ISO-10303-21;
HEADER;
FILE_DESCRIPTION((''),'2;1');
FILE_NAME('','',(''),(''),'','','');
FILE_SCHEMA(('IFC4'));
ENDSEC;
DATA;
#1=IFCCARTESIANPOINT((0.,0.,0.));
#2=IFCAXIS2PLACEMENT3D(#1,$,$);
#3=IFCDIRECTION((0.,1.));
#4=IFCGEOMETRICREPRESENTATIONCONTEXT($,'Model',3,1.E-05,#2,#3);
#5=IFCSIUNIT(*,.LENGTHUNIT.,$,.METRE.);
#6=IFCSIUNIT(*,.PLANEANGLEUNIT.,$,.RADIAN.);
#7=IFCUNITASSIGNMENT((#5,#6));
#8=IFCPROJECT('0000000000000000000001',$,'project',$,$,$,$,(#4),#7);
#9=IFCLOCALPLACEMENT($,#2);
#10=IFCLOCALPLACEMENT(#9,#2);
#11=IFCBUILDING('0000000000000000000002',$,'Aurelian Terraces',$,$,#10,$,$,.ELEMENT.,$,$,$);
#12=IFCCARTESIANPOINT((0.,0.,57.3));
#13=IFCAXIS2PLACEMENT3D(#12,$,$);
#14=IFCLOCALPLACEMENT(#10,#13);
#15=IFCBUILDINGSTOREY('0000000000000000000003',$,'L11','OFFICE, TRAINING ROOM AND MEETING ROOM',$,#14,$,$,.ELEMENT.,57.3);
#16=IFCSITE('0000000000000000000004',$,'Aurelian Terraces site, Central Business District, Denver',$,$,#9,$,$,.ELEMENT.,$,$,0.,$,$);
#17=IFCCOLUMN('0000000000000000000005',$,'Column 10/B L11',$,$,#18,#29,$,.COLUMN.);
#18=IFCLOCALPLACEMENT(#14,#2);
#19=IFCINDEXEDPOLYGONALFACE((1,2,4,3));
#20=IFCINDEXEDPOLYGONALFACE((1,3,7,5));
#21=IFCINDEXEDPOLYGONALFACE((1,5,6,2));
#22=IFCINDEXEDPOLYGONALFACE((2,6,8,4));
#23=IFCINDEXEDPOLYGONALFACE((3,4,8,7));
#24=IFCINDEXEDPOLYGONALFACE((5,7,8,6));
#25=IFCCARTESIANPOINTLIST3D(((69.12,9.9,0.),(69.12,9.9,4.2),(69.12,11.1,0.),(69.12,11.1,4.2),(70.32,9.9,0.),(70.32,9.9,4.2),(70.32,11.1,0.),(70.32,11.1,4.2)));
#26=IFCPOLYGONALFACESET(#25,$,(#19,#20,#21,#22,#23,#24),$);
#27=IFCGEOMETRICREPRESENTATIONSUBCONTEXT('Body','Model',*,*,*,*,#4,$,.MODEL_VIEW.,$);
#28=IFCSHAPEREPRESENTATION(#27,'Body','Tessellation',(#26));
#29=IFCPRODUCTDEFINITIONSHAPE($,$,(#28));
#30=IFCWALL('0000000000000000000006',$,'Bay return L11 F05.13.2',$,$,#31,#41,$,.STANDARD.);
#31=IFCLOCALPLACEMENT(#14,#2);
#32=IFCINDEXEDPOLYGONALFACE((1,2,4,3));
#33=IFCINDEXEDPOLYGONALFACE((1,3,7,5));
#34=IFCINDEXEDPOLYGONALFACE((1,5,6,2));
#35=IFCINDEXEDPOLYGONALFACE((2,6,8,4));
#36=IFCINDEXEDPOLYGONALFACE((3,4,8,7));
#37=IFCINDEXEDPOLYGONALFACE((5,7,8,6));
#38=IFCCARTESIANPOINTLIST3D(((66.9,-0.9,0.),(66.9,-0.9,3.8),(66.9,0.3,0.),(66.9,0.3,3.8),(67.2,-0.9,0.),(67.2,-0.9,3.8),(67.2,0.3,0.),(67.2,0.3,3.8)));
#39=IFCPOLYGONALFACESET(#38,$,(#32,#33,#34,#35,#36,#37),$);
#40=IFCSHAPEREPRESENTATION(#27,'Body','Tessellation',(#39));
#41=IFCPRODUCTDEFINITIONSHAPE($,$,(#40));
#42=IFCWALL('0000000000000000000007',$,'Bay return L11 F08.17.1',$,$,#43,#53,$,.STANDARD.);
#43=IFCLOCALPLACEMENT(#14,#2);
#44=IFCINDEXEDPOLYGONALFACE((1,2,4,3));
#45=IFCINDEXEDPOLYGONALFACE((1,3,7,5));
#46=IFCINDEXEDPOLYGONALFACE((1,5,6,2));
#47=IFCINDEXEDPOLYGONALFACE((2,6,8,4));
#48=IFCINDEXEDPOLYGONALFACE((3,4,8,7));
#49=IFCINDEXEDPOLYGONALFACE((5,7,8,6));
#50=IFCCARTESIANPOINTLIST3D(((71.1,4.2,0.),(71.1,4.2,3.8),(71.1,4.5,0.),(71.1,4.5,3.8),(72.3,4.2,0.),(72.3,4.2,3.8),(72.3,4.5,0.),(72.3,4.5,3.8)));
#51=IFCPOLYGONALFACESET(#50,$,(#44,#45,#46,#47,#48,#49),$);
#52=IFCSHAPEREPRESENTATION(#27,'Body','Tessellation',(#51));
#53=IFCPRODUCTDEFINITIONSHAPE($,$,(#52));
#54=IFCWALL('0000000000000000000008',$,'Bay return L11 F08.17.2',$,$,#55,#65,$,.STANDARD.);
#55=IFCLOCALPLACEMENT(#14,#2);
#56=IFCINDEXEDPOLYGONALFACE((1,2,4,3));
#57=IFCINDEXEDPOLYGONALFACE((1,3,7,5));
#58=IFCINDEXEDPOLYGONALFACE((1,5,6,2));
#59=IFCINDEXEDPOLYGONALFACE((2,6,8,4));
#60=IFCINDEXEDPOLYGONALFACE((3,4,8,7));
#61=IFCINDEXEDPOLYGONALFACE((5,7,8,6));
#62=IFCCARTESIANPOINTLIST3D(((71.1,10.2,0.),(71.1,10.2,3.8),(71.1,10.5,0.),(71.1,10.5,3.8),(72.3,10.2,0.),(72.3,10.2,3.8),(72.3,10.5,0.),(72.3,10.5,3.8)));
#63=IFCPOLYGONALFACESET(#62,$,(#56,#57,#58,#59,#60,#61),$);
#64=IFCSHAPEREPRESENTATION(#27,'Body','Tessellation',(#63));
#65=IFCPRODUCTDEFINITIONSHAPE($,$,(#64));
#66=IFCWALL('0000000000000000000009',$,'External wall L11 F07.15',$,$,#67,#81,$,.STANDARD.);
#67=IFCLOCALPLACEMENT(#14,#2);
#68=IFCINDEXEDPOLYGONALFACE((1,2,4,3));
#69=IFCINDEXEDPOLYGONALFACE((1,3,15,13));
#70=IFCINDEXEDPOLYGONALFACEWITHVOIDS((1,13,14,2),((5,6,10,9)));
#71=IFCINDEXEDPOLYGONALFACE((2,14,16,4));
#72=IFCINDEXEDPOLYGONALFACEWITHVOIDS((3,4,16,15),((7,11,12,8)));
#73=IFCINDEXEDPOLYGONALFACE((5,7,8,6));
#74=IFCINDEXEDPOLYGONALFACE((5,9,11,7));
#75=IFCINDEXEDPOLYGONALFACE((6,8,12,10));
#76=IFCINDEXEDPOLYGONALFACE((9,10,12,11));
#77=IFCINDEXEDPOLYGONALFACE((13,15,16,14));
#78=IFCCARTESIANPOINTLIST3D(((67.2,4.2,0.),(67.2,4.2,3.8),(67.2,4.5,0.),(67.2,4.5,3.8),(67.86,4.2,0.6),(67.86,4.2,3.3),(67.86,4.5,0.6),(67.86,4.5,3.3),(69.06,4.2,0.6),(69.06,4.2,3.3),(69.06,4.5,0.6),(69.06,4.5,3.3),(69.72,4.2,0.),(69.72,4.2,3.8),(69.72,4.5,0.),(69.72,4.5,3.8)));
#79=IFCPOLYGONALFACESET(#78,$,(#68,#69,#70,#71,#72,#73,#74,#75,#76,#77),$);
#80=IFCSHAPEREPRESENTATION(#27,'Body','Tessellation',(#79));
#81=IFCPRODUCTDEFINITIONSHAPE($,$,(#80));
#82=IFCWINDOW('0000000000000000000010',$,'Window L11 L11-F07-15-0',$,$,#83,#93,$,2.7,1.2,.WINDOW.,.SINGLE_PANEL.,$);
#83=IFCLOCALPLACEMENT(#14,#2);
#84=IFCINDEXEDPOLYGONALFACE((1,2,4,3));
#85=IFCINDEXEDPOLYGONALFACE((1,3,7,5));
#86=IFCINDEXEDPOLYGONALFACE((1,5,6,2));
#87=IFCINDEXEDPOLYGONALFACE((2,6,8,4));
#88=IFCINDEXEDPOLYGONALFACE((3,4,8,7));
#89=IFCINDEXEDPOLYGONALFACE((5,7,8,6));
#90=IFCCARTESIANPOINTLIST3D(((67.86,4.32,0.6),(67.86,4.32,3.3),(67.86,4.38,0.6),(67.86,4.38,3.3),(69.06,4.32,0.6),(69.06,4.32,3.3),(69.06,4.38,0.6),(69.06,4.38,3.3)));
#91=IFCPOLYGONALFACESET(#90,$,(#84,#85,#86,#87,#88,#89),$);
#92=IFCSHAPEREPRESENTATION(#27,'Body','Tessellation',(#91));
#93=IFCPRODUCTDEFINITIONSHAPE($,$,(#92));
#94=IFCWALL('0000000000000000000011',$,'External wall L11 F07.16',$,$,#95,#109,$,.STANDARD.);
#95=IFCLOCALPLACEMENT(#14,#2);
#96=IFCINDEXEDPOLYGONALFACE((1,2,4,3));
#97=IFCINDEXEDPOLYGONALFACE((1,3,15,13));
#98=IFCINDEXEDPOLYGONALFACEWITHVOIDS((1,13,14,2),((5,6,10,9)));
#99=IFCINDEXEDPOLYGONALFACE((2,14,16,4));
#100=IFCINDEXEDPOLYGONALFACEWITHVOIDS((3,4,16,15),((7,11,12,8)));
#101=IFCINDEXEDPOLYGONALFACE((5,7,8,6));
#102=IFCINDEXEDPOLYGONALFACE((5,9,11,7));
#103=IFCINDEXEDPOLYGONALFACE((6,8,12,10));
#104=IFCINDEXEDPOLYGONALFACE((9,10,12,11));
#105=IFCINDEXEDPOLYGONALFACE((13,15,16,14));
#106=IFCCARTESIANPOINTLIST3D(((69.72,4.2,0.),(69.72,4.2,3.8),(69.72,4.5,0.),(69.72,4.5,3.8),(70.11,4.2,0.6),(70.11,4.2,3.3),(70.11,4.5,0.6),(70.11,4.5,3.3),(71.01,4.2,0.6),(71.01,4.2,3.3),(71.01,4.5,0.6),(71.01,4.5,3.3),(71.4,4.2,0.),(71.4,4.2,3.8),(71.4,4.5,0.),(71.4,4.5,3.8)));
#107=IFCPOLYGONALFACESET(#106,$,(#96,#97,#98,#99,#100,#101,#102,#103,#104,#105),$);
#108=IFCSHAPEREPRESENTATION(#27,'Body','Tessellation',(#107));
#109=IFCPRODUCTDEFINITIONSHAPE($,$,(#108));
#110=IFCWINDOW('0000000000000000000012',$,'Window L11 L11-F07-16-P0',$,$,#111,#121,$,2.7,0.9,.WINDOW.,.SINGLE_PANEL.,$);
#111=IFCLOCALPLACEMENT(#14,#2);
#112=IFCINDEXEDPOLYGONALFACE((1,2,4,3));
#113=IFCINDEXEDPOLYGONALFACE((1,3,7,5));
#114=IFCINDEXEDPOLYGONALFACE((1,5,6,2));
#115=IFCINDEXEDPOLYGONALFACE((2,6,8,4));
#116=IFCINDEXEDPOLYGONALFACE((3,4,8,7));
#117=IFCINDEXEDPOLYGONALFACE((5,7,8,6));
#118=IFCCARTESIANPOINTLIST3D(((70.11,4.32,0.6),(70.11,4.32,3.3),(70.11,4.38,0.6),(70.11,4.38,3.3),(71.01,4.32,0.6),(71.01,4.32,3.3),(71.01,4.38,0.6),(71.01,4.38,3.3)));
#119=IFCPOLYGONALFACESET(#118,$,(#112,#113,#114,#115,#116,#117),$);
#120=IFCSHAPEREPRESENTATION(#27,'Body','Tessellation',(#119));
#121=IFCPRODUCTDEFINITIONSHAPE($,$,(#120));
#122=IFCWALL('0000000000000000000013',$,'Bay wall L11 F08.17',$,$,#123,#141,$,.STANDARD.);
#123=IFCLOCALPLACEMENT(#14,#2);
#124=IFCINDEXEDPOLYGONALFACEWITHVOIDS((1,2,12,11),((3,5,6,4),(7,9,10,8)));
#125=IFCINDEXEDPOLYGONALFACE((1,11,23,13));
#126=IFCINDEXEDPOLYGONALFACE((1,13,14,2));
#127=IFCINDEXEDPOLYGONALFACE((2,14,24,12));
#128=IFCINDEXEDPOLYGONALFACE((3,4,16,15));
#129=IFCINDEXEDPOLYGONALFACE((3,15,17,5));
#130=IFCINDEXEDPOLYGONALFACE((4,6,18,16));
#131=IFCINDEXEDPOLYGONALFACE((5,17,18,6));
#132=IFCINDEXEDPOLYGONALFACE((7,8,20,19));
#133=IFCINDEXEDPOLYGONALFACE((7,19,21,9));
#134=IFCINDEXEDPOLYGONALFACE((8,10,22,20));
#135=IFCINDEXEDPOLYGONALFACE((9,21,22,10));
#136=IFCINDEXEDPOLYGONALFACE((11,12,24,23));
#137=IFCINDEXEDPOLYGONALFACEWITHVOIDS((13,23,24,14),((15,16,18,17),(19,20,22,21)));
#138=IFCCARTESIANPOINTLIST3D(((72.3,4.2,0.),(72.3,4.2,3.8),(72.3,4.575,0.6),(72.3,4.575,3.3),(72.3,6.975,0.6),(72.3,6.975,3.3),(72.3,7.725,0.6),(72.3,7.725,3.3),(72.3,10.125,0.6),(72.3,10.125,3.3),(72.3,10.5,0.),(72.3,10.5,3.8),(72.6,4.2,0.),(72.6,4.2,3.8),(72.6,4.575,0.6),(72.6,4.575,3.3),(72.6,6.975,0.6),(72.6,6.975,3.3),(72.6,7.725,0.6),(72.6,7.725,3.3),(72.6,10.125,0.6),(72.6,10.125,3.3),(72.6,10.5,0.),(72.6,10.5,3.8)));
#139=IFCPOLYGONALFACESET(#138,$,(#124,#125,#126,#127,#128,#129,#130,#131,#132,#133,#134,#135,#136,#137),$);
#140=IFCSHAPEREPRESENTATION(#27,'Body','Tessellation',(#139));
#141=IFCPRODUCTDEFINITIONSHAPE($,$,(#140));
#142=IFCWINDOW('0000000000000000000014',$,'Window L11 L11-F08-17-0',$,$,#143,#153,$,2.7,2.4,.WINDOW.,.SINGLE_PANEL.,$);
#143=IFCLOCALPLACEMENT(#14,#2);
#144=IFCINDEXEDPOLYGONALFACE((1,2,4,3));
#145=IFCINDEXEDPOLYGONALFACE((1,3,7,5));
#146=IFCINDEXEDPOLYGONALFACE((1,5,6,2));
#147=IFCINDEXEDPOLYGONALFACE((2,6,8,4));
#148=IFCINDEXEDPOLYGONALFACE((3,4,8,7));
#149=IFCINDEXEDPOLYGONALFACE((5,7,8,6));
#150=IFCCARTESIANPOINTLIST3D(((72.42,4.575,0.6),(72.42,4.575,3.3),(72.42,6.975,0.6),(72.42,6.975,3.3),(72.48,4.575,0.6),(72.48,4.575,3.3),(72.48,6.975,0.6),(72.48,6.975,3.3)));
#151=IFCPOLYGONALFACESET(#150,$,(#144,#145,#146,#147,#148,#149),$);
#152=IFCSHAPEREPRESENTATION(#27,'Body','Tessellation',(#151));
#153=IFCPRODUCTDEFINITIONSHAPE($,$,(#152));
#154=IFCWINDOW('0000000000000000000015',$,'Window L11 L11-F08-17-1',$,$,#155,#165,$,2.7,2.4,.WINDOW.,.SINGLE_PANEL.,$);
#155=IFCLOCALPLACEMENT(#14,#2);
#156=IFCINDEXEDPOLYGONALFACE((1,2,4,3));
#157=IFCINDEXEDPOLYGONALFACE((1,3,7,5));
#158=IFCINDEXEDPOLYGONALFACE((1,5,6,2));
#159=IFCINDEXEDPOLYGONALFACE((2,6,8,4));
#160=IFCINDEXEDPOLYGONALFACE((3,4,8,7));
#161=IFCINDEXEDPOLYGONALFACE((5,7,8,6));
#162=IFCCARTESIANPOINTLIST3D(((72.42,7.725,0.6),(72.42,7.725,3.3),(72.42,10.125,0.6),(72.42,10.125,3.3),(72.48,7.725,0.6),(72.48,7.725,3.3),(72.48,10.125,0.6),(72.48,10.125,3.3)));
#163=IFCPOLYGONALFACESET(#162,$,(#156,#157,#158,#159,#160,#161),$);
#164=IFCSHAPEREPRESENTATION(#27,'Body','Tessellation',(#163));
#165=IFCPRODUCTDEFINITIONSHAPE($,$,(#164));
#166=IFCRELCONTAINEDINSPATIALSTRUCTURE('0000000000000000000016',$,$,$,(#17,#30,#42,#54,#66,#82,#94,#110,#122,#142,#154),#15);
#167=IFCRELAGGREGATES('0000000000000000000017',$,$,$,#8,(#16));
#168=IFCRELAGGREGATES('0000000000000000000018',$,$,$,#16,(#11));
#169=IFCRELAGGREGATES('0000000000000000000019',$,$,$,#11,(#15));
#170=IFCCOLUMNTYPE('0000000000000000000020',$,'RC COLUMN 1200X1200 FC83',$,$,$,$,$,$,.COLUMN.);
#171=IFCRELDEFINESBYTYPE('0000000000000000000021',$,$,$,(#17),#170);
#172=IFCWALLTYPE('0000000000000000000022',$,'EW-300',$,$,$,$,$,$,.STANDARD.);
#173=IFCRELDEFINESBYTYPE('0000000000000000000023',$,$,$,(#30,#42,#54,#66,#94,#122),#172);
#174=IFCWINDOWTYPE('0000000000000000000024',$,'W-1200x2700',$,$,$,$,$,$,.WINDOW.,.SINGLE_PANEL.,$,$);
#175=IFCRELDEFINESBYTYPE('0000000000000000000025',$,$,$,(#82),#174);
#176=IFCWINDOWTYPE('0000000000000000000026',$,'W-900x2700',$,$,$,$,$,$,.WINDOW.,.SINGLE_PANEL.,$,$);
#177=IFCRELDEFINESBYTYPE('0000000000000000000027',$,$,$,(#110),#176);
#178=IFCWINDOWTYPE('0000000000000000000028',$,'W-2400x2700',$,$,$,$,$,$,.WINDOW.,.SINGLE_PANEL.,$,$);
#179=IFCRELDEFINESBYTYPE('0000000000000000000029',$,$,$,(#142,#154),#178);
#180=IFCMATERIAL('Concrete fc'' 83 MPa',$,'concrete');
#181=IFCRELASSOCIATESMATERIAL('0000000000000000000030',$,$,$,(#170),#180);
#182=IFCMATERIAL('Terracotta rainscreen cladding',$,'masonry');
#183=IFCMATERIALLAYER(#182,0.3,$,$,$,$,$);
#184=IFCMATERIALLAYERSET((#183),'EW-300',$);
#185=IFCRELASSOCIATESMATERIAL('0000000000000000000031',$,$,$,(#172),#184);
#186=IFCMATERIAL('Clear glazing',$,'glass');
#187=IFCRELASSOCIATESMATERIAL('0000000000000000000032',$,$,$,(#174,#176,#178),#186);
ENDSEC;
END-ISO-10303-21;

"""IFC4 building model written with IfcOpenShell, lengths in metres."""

from ifc_helpers import new_model, si_unit, direction, frame, frame_2d, origin, origin_2d, place, context, subcontext, project, spatial, rectangle, extrude, source, transform, mapped, material, layer, layer_set, material_profile, profile_set, type_object, element, fill, save


model = new_model("IFC4")

# Units and contexts
model_context = context("Model", 3, precision=1e-05, world=origin(), true_north=direction((0.0, 1.0)))
body_context = subcontext(model_context, "Body", "Model", "MODEL_VIEW")
ifc_project = project(units=[si_unit("LENGTHUNIT", "METRE"), si_unit("PLANEANGLEUNIT", "RADIAN")], contexts=[model_context])

# Site, building, storey
site_placement = place(None, origin())
site = spatial("IfcSite", under=ifc_project, at=site_placement, Name="Aurelian Terraces site, Central Business District, Denver", CompositionType="ELEMENT", RefElevation=0.0)
building_placement = place(site_placement, origin())
building = spatial("IfcBuilding", under=site, at=building_placement, Name="Aurelian Terraces", CompositionType="ELEMENT")
storey_placement = place(building_placement, frame((0.0, 0.0, 57.3)))
storey = spatial("IfcBuildingStorey", under=building, at=storey_placement, Name="L11", Description="OFFICE, TRAINING ROOM AND MEETING ROOM", CompositionType="ELEMENT", Elevation=57.3)

# Column
ifc_material_1 = material(Name="Concrete fc' 83 MPa", Category="concrete")
ifc_material_profile = material_profile(ifc_material_1, rectangle(XDim=1.2, YDim=1.2, at=origin_2d()))
ifc_profile_set = profile_set([ifc_material_profile], Name="Concrete fc' 83 MPa")
column_type = type_object("IfcColumnType", Name="RC COLUMN 1200X1200 FC83", PredefinedType="COLUMN", material=ifc_profile_set)
shared_shape_1 = source(origin(), body_context, "Body", "SweptSolid", [
    extrude(rectangle(XDim=1.2, YDim=1.2, at=origin_2d()), origin(), (0.0, 0.0, 1.0), 4.2),
])
column_placement = place(storey_placement, frame((69.72, 10.5, 0.0), z_axis=(0.0, 0.0, 1.0), x_axis=(1.0, 0.0, 0.0)))
element("IfcColumn", 1, at=column_placement, inside=storey, type_object=column_type, Name="Column 10/B L11", PredefinedType="COLUMN", context=body_context, shape_type="MappedRepresentation", body=[
    mapped(shared_shape_1, transform((0.0, 0.0, 0.0), scale=1.0)),
])

# Walls
ifc_material_2 = material(Name="Terracotta rainscreen cladding", Category="masonry")
ifc_layer_1 = layer(ifc_material_2, 0.3)
ifc_layer_set_1 = layer_set([ifc_layer_1], Name="EW-300")
wall_type_1 = type_object("IfcWallType", Name="EW-300", PredefinedType="STANDARD", material=ifc_layer_set_1)
shared_shape_2 = source(origin(), body_context, "Body", "SweptSolid", [
    extrude(rectangle(XDim=1.2, YDim=0.3, at=frame_2d((0.6, 0.0))), origin(), (0.0, 0.0, 1.0), 3.8),
])
for number, where, z_axis, x_axis, name in (
    (2, (67.05, 0.3, 0.0), (0.0, 0.0, 1.0), (0.0, -1.0, 0.0), "Bay return L11 F05.13.2"),
    (3, (71.1, 4.35, 0.0), (0.0, 0.0, 1.0), (1.0, 0.0, 0.0), "Bay return L11 F08.17.1"),
    (4, (71.1, 10.35, 0.0), (0.0, 0.0, 1.0), (1.0, 0.0, 0.0), "Bay return L11 F08.17.2"),
):
    element("IfcWall", number, at=place(storey_placement, frame(where, z_axis=z_axis, x_axis=x_axis)), inside=storey, type_object=wall_type_1, Name=name, PredefinedType="STANDARD", context=body_context, shape_type="MappedRepresentation", body=[
        mapped(shared_shape_2, transform((0.0, 0.0, 0.0), scale=1.0)),
    ])

# Walls, openings, windows
shared_shape_3 = source(origin(), body_context, "Body", "SweptSolid", [
    extrude(rectangle(XDim=2.52, YDim=0.3, at=frame_2d((1.26, 0.0))), origin(), (0.0, 0.0, 1.0), 3.8),
])
wall_1_placement = place(storey_placement, frame((67.2, 4.35, 0.0), z_axis=(0.0, 0.0, 1.0), x_axis=(1.0, 0.0, 0.0)))
wall_1 = element("IfcWall", 5, at=wall_1_placement, inside=storey, type_object=wall_type_1, Name="External wall L11 F07.15", PredefinedType="STANDARD", context=body_context, shape_type="MappedRepresentation", body=[
    mapped(shared_shape_3, transform((0.0, 0.0, 0.0), scale=1.0)),
])
shared_shape_4 = source(origin(), body_context, "Body", "SweptSolid", [
    extrude(rectangle(XDim=1.2, YDim=2.7, at=frame_2d((0.6, 1.35))), frame((0.0, 0.16, 0.0), z_axis=(0.0, -1.0, 0.0), x_axis=(1.0, 0.0, 0.0)), (0.0, 0.0, 1.0), 0.32),
])
opening_1_placement = place(wall_1_placement, frame((0.66, 0.0, 0.6)))
opening_1 = element("IfcOpeningElement", 6, at=opening_1_placement, cuts=wall_1, PredefinedType="OPENING", context=body_context, shape_type="MappedRepresentation", body=[
    mapped(shared_shape_4, transform((0.0, 0.0, 0.0), scale=1.0)),
])
ifc_material_3 = material(Name="Clear glazing", Category="glass")
window_type_1 = type_object("IfcWindowType", Name="W-1200x2700", PartitioningType="SINGLE_PANEL", PredefinedType="WINDOW", material=ifc_material_3)
shared_shape_5 = source(origin(), body_context, "Body", "SweptSolid", [
    extrude(rectangle(XDim=1.2, YDim=2.7, at=frame_2d((0.6, 1.35))), frame((0.0, 0.03, 0.0), z_axis=(0.0, -1.0, 0.0), x_axis=(1.0, 0.0, 0.0)), (0.0, 0.0, 1.0), 0.06),
])
window_1_placement = place(opening_1_placement, origin())
window_1 = element("IfcWindow", 7, at=window_1_placement, inside=storey, type_object=window_type_1, Name="Window L11 L11-F07-15-0", OverallHeight=2.7, OverallWidth=1.2, PartitioningType="SINGLE_PANEL", PredefinedType="WINDOW", context=body_context, shape_type="MappedRepresentation", body=[
    mapped(shared_shape_5, transform((0.0, 0.0, 0.0), scale=1.0)),
])
fill(opening_1, window_1)
shared_shape_6 = source(origin(), body_context, "Body", "SweptSolid", [
    extrude(rectangle(XDim=1.68, YDim=0.3, at=frame_2d((0.84, 0.0))), origin(), (0.0, 0.0, 1.0), 3.8),
])
wall_2_placement = place(storey_placement, frame((69.72, 4.35, 0.0), z_axis=(0.0, 0.0, 1.0), x_axis=(1.0, 0.0, 0.0)))
wall_2 = element("IfcWall", 8, at=wall_2_placement, inside=storey, type_object=wall_type_1, Name="External wall L11 F07.16", PredefinedType="STANDARD", context=body_context, shape_type="MappedRepresentation", body=[
    mapped(shared_shape_6, transform((0.0, 0.0, 0.0), scale=1.0)),
])
shared_shape_7 = source(origin(), body_context, "Body", "SweptSolid", [
    extrude(rectangle(XDim=0.9, YDim=2.7, at=frame_2d((0.45, 1.35))), frame((0.0, 0.16, 0.0), z_axis=(0.0, -1.0, 0.0), x_axis=(1.0, 0.0, 0.0)), (0.0, 0.0, 1.0), 0.32),
])
opening_2_placement = place(wall_2_placement, frame((0.39, 0.0, 0.6)))
opening_2 = element("IfcOpeningElement", 9, at=opening_2_placement, cuts=wall_2, PredefinedType="OPENING", context=body_context, shape_type="MappedRepresentation", body=[
    mapped(shared_shape_7, transform((0.0, 0.0, 0.0), scale=1.0)),
])
window_type_2 = type_object("IfcWindowType", Name="W-900x2700", PartitioningType="SINGLE_PANEL", PredefinedType="WINDOW", material=ifc_material_3)
shared_shape_8 = source(origin(), body_context, "Body", "SweptSolid", [
    extrude(rectangle(XDim=0.9, YDim=2.7, at=frame_2d((0.45, 1.35))), frame((0.0, 0.03, 0.0), z_axis=(0.0, -1.0, 0.0), x_axis=(1.0, 0.0, 0.0)), (0.0, 0.0, 1.0), 0.06),
])
window_2_placement = place(opening_2_placement, origin())
window_2 = element("IfcWindow", 10, at=window_2_placement, inside=storey, type_object=window_type_2, Name="Window L11 L11-F07-16-P0", OverallHeight=2.7, OverallWidth=0.9, PartitioningType="SINGLE_PANEL", PredefinedType="WINDOW", context=body_context, shape_type="MappedRepresentation", body=[
    mapped(shared_shape_8, transform((0.0, 0.0, 0.0), scale=1.0)),
])
fill(opening_2, window_2)

# Wall, openings, windows
shared_shape_9 = source(origin(), body_context, "Body", "SweptSolid", [
    extrude(rectangle(XDim=6.3, YDim=0.3, at=frame_2d((3.15, 0.0))), origin(), (0.0, 0.0, 1.0), 3.8),
])
wall_3_placement = place(storey_placement, frame((72.45, 4.2, 0.0), z_axis=(0.0, 0.0, 1.0), x_axis=(0.0, 1.0, 0.0)))
wall_3 = element("IfcWall", 11, at=wall_3_placement, inside=storey, type_object=wall_type_1, Name="Bay wall L11 F08.17", PredefinedType="STANDARD", context=body_context, shape_type="MappedRepresentation", body=[
    mapped(shared_shape_9, transform((0.0, 0.0, 0.0), scale=1.0)),
])
shared_shape_10 = source(origin(), body_context, "Body", "SweptSolid", [
    extrude(rectangle(XDim=2.4, YDim=2.7, at=frame_2d((1.2, 1.35))), frame((0.0, 0.16, 0.0), z_axis=(0.0, -1.0, 0.0), x_axis=(1.0, 0.0, 0.0)), (0.0, 0.0, 1.0), 0.32),
])
opening_3_placement = place(wall_3_placement, frame((0.375, 0.0, 0.6)))
opening_3 = element("IfcOpeningElement", 12, at=opening_3_placement, cuts=wall_3, PredefinedType="OPENING", context=body_context, shape_type="MappedRepresentation", body=[
    mapped(shared_shape_10, transform((0.0, 0.0, 0.0), scale=1.0)),
])
opening_4_placement = place(wall_3_placement, frame((3.525, 0.0, 0.6)))
opening_4 = element("IfcOpeningElement", 13, at=opening_4_placement, cuts=wall_3, PredefinedType="OPENING", context=body_context, shape_type="MappedRepresentation", body=[
    mapped(shared_shape_10, transform((0.0, 0.0, 0.0), scale=1.0)),
])
window_type_3 = type_object("IfcWindowType", Name="W-2400x2700", PartitioningType="SINGLE_PANEL", PredefinedType="WINDOW", material=ifc_material_3)
shared_shape_11 = source(origin(), body_context, "Body", "SweptSolid", [
    extrude(rectangle(XDim=2.4, YDim=2.7, at=frame_2d((1.2, 1.35))), frame((0.0, 0.03, 0.0), z_axis=(0.0, -1.0, 0.0), x_axis=(1.0, 0.0, 0.0)), (0.0, 0.0, 1.0), 0.06),
])
window_3_placement = place(opening_3_placement, origin())
window_3 = element("IfcWindow", 14, at=window_3_placement, inside=storey, type_object=window_type_3, Name="Window L11 L11-F08-17-0", OverallHeight=2.7, OverallWidth=2.4, PartitioningType="SINGLE_PANEL", PredefinedType="WINDOW", context=body_context, shape_type="MappedRepresentation", body=[
    mapped(shared_shape_11, transform((0.0, 0.0, 0.0), scale=1.0)),
])
fill(opening_3, window_3)
window_4_placement = place(opening_4_placement, origin())
window_4 = element("IfcWindow", 15, at=window_4_placement, inside=storey, type_object=window_type_3, Name="Window L11 L11-F08-17-1", OverallHeight=2.7, OverallWidth=2.4, PartitioningType="SINGLE_PANEL", PredefinedType="WINDOW", context=body_context, shape_type="MappedRepresentation", body=[
    mapped(shared_shape_11, transform((0.0, 0.0, 0.0), scale=1.0)),
])
fill(opening_4, window_4)

save(model, "model.ifc")
